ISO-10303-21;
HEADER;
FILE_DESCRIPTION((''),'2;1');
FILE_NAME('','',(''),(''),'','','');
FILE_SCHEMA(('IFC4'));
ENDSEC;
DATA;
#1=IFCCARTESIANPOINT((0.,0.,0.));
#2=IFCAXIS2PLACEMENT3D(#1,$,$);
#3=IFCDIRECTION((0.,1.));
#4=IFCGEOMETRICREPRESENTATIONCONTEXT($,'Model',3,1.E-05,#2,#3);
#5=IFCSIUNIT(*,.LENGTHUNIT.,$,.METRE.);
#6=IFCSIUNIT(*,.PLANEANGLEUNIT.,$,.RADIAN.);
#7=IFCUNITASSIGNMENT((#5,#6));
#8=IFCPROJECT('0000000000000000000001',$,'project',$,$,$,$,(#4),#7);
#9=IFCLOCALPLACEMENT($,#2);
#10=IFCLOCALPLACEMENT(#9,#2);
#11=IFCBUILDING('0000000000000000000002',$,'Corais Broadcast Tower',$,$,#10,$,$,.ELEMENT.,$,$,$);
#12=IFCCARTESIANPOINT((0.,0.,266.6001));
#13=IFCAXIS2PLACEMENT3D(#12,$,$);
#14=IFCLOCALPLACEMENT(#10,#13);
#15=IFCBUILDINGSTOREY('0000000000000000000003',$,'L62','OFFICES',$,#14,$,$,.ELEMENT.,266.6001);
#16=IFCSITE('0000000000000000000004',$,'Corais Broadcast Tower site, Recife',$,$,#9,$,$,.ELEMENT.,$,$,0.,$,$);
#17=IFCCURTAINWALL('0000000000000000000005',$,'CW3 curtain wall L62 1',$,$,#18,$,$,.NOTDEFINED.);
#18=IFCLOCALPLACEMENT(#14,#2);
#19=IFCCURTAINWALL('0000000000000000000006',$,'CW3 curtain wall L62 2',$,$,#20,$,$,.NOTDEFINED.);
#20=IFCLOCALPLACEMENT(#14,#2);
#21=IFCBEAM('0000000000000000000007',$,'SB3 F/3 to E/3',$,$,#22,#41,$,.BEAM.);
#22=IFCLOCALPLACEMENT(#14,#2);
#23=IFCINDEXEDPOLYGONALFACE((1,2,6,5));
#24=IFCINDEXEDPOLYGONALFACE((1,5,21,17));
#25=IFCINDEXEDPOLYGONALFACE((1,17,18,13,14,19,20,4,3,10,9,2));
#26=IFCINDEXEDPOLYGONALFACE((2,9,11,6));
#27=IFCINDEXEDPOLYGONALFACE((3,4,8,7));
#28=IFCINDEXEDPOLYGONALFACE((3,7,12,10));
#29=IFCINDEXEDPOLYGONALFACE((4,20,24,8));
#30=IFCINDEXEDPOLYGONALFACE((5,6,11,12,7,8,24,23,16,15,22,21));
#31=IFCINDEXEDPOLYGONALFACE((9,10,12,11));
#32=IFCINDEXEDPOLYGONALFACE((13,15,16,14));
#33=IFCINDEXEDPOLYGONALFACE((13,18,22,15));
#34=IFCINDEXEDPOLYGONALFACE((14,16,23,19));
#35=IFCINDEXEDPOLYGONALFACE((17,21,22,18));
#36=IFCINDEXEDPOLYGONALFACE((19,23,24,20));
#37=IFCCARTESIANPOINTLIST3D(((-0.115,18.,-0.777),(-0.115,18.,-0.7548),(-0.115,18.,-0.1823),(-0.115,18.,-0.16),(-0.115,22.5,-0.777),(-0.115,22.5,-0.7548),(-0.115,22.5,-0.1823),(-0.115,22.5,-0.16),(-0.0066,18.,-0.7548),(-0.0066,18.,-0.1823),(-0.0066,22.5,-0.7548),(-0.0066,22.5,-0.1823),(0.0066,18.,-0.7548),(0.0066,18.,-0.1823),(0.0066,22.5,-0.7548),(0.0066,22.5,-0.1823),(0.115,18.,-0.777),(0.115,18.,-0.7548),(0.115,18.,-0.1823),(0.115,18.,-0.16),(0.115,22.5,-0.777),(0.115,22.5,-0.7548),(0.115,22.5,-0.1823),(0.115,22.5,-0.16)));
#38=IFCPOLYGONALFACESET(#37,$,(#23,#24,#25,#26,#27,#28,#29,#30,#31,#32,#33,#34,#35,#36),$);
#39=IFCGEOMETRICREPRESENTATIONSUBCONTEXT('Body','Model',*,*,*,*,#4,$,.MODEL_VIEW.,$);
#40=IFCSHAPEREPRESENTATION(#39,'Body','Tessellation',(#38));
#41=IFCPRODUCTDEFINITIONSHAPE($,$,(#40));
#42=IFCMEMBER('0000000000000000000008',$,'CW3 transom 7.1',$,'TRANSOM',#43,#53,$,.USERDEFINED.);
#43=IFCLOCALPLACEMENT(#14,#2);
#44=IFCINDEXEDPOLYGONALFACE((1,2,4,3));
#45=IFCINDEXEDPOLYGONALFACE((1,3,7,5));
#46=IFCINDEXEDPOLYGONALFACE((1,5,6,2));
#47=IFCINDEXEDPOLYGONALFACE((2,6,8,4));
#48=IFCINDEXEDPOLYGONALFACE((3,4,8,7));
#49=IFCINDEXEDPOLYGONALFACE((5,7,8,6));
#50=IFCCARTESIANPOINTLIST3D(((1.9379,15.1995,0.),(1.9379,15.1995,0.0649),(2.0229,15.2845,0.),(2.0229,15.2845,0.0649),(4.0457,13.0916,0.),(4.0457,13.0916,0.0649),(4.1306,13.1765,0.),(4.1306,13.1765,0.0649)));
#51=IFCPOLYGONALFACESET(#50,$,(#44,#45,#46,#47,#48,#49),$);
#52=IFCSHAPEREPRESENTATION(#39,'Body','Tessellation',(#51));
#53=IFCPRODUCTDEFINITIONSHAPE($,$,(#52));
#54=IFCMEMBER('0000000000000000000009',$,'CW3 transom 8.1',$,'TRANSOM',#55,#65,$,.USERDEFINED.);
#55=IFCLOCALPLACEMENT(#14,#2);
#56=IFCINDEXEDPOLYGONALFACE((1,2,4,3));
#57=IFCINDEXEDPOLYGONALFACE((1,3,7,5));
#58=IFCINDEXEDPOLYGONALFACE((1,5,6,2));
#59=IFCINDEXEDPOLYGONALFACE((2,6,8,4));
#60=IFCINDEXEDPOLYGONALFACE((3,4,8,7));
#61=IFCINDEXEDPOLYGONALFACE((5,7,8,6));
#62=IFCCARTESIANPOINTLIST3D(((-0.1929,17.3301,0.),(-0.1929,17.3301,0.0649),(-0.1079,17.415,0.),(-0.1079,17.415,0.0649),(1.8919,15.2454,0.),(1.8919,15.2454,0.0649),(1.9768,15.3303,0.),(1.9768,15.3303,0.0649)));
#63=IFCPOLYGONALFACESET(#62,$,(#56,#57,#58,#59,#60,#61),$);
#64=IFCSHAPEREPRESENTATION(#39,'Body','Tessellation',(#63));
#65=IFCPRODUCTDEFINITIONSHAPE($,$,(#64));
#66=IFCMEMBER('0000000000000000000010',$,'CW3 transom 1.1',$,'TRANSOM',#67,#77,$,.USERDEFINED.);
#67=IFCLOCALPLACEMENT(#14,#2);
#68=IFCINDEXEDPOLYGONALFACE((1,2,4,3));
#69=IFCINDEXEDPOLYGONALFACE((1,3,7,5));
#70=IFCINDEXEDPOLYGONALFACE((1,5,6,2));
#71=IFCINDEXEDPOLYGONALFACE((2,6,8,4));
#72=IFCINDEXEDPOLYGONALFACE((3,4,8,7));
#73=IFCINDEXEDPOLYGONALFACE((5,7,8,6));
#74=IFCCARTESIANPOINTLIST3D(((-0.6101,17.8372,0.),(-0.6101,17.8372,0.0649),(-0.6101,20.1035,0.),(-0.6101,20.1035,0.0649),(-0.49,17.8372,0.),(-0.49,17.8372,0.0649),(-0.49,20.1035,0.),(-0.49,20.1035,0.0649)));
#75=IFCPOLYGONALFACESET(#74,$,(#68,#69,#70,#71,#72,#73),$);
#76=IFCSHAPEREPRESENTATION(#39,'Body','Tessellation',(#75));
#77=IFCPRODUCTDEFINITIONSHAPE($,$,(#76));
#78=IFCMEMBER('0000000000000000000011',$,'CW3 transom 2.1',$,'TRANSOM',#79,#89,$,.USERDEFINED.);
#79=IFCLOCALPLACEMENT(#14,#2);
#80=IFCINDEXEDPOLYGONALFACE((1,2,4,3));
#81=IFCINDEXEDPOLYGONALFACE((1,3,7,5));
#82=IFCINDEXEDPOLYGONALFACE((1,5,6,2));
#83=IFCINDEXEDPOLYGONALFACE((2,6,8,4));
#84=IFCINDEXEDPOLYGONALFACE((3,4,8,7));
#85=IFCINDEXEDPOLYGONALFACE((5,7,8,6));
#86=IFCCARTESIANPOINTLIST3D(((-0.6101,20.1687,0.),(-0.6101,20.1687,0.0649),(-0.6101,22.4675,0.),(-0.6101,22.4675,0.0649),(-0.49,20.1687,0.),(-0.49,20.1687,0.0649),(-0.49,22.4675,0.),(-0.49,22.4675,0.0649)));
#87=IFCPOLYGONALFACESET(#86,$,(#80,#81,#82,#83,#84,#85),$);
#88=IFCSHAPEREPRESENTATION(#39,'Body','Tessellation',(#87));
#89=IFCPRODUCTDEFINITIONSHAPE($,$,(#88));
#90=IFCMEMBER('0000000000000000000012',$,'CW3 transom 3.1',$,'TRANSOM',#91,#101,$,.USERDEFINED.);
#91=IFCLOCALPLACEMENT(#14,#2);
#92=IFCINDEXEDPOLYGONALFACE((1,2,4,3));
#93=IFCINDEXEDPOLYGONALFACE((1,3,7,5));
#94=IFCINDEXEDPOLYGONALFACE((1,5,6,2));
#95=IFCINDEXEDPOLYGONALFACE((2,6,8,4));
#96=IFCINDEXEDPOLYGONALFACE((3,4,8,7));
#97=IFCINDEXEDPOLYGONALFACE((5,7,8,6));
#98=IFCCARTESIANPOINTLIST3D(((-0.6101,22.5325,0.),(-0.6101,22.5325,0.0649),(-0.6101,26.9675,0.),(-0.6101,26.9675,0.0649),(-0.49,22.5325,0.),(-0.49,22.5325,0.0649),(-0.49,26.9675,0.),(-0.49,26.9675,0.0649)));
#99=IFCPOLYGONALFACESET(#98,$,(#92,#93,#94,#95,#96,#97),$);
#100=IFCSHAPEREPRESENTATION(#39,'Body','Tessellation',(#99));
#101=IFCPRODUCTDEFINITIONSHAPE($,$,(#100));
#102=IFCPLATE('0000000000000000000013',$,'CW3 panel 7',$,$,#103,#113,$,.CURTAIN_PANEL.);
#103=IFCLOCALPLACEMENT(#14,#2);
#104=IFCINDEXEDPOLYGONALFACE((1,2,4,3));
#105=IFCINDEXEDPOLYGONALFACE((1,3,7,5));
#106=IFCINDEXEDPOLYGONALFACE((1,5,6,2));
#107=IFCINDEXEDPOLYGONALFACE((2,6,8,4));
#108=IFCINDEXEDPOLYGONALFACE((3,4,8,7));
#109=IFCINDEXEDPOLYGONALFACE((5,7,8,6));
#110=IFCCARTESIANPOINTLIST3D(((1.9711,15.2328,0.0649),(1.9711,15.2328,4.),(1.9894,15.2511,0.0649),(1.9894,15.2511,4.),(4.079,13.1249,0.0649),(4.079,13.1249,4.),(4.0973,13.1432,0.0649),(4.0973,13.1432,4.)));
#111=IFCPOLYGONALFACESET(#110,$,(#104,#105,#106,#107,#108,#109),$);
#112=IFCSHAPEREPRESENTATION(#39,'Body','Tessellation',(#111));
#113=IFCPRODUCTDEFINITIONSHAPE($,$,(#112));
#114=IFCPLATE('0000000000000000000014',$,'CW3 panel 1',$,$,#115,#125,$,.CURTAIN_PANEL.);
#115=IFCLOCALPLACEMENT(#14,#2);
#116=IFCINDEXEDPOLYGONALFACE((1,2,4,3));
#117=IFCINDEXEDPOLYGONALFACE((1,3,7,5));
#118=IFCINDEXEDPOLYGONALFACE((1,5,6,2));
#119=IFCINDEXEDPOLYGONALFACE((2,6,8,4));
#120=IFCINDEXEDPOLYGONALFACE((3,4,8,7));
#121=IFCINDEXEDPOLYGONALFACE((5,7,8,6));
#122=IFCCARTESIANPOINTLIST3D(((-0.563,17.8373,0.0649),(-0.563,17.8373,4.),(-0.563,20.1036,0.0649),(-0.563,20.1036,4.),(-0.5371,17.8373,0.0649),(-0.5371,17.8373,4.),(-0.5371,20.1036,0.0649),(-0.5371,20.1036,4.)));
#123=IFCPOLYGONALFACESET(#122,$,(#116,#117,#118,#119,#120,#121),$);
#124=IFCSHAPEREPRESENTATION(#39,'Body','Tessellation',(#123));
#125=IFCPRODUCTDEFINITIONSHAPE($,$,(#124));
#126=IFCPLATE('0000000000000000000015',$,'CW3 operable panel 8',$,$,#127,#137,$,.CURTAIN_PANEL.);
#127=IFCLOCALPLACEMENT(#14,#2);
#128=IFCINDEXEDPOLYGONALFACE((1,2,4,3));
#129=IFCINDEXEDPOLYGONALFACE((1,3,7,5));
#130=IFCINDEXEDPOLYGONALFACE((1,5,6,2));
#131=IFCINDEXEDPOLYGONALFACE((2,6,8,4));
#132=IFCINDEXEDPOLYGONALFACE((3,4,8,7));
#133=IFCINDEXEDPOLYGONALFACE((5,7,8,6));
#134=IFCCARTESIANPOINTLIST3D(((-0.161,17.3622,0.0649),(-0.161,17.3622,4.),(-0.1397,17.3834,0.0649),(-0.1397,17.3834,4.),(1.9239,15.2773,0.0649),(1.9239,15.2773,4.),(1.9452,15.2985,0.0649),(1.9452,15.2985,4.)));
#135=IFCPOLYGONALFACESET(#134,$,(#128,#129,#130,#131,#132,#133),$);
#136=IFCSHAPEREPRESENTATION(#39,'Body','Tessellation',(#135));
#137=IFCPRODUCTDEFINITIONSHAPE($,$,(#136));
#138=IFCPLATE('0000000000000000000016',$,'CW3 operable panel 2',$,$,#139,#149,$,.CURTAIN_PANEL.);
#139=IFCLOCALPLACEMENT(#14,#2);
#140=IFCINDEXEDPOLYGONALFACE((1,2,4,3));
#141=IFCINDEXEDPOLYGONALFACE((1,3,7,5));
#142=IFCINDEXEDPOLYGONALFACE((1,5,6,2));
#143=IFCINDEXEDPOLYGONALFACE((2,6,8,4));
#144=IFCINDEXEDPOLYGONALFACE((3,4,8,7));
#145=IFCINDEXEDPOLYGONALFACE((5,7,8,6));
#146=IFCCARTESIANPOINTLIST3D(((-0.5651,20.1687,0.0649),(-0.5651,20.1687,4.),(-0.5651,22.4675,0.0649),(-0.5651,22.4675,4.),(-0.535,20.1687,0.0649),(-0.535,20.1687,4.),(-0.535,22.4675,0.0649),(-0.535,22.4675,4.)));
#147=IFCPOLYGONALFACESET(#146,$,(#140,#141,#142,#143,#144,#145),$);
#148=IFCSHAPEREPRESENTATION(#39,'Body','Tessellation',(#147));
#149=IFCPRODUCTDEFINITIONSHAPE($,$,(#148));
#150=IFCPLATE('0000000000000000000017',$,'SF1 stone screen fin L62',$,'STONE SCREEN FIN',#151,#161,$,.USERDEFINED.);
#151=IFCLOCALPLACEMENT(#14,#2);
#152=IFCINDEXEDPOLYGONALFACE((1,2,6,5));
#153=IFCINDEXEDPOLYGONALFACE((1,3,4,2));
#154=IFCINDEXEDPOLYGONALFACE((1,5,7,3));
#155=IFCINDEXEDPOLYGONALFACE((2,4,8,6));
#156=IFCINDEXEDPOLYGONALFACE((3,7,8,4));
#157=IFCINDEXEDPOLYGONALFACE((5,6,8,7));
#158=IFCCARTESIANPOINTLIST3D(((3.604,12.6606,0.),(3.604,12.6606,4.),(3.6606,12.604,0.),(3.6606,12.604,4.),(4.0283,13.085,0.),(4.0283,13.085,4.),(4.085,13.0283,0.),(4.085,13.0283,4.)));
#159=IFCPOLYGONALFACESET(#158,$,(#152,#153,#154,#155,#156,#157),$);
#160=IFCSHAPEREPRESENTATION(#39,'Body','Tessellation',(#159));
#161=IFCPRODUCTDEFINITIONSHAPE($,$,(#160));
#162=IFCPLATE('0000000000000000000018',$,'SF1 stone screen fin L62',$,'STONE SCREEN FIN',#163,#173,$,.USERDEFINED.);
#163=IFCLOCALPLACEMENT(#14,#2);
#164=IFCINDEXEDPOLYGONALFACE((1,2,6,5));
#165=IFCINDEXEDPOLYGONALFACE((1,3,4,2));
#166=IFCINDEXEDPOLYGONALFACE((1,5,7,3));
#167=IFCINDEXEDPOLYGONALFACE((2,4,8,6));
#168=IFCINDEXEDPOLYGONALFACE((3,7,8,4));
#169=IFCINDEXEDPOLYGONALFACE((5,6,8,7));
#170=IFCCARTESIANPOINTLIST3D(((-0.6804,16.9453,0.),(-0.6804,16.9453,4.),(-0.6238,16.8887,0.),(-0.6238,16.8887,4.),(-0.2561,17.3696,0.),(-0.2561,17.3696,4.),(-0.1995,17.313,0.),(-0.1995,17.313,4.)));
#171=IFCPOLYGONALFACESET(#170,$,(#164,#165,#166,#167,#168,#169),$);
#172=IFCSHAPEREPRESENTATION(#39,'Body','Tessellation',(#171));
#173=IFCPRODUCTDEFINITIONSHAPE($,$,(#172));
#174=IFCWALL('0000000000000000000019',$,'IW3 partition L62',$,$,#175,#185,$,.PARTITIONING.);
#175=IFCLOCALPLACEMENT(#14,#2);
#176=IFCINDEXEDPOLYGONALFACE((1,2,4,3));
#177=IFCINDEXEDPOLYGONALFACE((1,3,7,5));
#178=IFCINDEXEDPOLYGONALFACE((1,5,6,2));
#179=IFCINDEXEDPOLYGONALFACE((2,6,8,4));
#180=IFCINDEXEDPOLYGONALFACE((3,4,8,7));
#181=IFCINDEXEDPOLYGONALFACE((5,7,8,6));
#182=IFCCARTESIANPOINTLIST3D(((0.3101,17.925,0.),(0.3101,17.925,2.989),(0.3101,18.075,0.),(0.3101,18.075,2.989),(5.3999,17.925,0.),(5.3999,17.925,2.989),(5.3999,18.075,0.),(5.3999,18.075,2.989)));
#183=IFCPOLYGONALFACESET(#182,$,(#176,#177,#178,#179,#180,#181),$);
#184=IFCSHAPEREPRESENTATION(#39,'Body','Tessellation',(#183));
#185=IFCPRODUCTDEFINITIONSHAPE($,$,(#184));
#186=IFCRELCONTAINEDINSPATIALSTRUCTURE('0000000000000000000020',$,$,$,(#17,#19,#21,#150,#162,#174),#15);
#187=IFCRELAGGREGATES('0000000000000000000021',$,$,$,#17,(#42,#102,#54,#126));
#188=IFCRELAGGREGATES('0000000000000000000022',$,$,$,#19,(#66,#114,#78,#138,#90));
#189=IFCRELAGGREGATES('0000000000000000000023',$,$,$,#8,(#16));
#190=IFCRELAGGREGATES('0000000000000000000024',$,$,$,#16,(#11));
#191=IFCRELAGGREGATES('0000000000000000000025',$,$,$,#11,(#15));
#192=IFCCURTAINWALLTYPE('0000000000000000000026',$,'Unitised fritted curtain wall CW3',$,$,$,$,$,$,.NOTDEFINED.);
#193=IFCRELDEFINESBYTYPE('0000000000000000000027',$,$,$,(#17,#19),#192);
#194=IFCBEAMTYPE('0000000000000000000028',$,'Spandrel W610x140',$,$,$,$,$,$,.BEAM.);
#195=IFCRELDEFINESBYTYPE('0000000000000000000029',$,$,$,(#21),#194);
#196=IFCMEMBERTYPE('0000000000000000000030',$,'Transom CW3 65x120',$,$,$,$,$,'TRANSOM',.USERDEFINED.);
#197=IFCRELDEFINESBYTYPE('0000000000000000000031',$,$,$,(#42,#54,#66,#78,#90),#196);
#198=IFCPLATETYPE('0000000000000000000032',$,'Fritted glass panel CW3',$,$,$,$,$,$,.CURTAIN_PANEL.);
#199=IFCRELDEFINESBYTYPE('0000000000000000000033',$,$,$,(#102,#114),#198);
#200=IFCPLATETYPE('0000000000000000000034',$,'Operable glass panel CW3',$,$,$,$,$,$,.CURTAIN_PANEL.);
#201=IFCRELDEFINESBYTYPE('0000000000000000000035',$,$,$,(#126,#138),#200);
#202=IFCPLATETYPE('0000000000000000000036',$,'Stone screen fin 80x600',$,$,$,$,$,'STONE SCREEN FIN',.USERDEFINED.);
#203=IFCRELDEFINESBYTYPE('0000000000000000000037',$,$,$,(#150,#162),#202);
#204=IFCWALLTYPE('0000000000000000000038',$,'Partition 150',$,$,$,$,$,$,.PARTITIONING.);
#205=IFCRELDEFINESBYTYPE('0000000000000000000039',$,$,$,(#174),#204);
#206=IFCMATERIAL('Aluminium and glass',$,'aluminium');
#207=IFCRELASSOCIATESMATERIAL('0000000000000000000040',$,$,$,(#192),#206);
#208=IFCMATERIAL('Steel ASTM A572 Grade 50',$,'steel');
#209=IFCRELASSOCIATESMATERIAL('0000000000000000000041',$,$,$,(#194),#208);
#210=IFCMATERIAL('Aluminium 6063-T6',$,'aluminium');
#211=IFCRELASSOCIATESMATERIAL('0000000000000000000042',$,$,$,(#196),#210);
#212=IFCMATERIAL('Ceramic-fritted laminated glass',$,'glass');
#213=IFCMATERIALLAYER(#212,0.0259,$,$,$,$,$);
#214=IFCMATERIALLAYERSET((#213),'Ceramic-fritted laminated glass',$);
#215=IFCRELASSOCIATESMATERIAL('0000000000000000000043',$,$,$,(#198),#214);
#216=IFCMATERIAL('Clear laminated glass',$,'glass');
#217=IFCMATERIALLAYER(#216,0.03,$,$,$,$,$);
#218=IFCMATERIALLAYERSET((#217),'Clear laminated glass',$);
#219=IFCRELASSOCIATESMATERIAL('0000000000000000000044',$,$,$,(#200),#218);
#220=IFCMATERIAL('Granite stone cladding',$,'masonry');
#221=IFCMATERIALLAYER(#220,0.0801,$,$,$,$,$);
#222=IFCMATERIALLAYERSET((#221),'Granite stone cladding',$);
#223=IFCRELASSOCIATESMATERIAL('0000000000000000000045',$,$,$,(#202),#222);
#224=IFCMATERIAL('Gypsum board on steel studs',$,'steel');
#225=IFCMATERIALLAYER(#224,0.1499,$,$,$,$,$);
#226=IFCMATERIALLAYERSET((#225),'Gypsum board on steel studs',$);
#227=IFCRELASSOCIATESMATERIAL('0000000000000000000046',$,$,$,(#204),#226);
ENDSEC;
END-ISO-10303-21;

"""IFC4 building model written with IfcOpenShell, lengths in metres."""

from ifc_helpers import new_model, si_unit, direction, frame, frame_2d, origin, origin_2d, place, context, subcontext, project, spatial, rectangle, i_section, extrude, material, layer, layer_set, material_profile, profile_set, type_object, element, aggregate, save


model = new_model("IFC4")

# Units and contexts
model_context = context("Model", 3, precision=1e-05, world=origin(), true_north=direction((0.0, 1.0)))
body_context = subcontext(model_context, "Body", "Model", "MODEL_VIEW")
ifc_project = project(units=[si_unit("LENGTHUNIT", "METRE"), si_unit("PLANEANGLEUNIT", "RADIAN")], contexts=[model_context])

# Site, building, storey
site_placement = place(None, origin())
site = spatial("IfcSite", under=ifc_project, at=site_placement, Name="Corais Broadcast Tower site, Recife", CompositionType="ELEMENT", RefElevation=0.0)
building_placement = place(site_placement, origin())
building = spatial("IfcBuilding", under=site, at=building_placement, Name="Corais Broadcast Tower", CompositionType="ELEMENT")
storey_placement = place(building_placement, frame((0.0, 0.0, 266.6001)))
storey = spatial("IfcBuildingStorey", under=building, at=storey_placement, Name="L62", Description="OFFICES", CompositionType="ELEMENT", Elevation=266.6001)

# Curtain walls
ifc_material_1 = material(Name="Aluminium and glass", Category="aluminium")
curtain_wall_type = type_object("IfcCurtainWallType", Name="Unitised fritted curtain wall CW3", PredefinedType="NOTDEFINED", material=ifc_material_1)
curtain_wall_1_placement = place(storey_placement, origin())
curtain_wall_1 = element("IfcCurtainWall", 1, at=curtain_wall_1_placement, inside=storey, type_object=curtain_wall_type, Name="CW3 curtain wall L62 1", PredefinedType="NOTDEFINED")
curtain_wall_2_placement = place(storey_placement, origin())
curtain_wall_2 = element("IfcCurtainWall", 2, at=curtain_wall_2_placement, inside=storey, type_object=curtain_wall_type, Name="CW3 curtain wall L62 2", PredefinedType="NOTDEFINED")

# Beam
ifc_material_2 = material(Name="Steel ASTM A572 Grade 50", Category="steel")
ifc_material_profile_1 = material_profile(ifc_material_2, i_section(OverallWidth=0.23, OverallDepth=0.6169, WebThickness=0.0132, FlangeThickness=0.0222, at=origin_2d()), Name="W610x140")
ifc_profile_set_1 = profile_set([ifc_material_profile_1], Name="Steel ASTM A572 Grade 50")
beam_type_1 = type_object("IfcBeamType", Name="Spandrel W610x140", PredefinedType="BEAM", material=ifc_profile_set_1)
beam_1_placement = place(storey_placement, frame((0.0, 22.5, -0.4685), z_axis=(0.0, -1.0, 0.0), x_axis=(1.0, 0.0, 0.0)))
element("IfcBeam", 3, at=beam_1_placement, inside=storey, type_object=beam_type_1, Name="SB3 F/3 to E/3", PredefinedType="BEAM", context=body_context, shape_type="SweptSolid", body=[
    extrude(i_section(OverallWidth=0.23, OverallDepth=0.6169, WebThickness=0.0132, FlangeThickness=0.0222, at=origin_2d()), origin(), (0.0, 0.0, 1.0), 4.5),
])

# Members
ifc_material_3 = material(Name="Aluminium 6063-T6", Category="aluminium")
ifc_material_profile_2 = material_profile(ifc_material_3, rectangle(XDim=0.1201, YDim=0.0649, at=origin_2d()), Name="Transom CW3 65x120")
ifc_profile_set_2 = profile_set([ifc_material_profile_2], Name="Aluminium 6063-T6")
member_type_1 = type_object("IfcMemberType", Name="Transom CW3 65x120", ElementType="TRANSOM", PredefinedType="USERDEFINED", material=ifc_profile_set_2)
member_1_placement = place(storey_placement, frame((4.0881, 13.134, 0.0325), z_axis=(-0.707066, 0.707148, 0.0), x_axis=(-0.707148, -0.707066, 0.0)))
member_1 = element("IfcMember", 4, at=member_1_placement, type_object=member_type_1, Name="CW3 transom 7.1", ObjectType="TRANSOM", PredefinedType="USERDEFINED", context=body_context, shape_type="SweptSolid", body=[
    extrude(rectangle(XDim=0.1201, YDim=0.0649, at=origin_2d()), origin(), (0.0, 0.0, 1.0), 2.981),
])
member_2_placement = place(storey_placement, frame((1.9343, 15.2878, 0.0325), z_axis=(-0.707107, 0.707107, 0.0), x_axis=(-0.707107, -0.707107, 0.0)))
member_2 = element("IfcMember", 5, at=member_2_placement, type_object=member_type_1, Name="CW3 transom 8.1", ObjectType="TRANSOM", PredefinedType="USERDEFINED", context=body_context, shape_type="SweptSolid", body=[
    extrude(rectangle(XDim=0.1201, YDim=0.0649, at=origin_2d()), origin(), (0.0, 0.0, 1.0), 2.9482),
])
member_3_placement = place(storey_placement, frame((-0.55, 17.8372, 0.0325), z_axis=(0.0, 1.0, 0.0), x_axis=(-1.0, 0.0, 0.0)))
member_3 = element("IfcMember", 6, at=member_3_placement, type_object=member_type_1, Name="CW3 transom 1.1", ObjectType="TRANSOM", PredefinedType="USERDEFINED", context=body_context, shape_type="SweptSolid", body=[
    extrude(rectangle(XDim=0.1201, YDim=0.0649, at=origin_2d()), origin(), (0.0, 0.0, 1.0), 2.2664),
])
member_4_placement = place(storey_placement, frame((-0.55, 20.1687, 0.0325), z_axis=(0.0, 1.0, 0.0), x_axis=(-1.0, 0.0, 0.0)))
member_4 = element("IfcMember", 7, at=member_4_placement, type_object=member_type_1, Name="CW3 transom 2.1", ObjectType="TRANSOM", PredefinedType="USERDEFINED", context=body_context, shape_type="SweptSolid", body=[
    extrude(rectangle(XDim=0.1201, YDim=0.0649, at=origin_2d()), origin(), (0.0, 0.0, 1.0), 2.2988),
])
member_5_placement = place(storey_placement, frame((-0.55, 22.5325, 0.0325), z_axis=(0.0, 1.0, 0.0), x_axis=(-1.0, 0.0, 0.0)))
member_5 = element("IfcMember", 8, at=member_5_placement, type_object=member_type_1, Name="CW3 transom 3.1", ObjectType="TRANSOM", PredefinedType="USERDEFINED", context=body_context, shape_type="SweptSolid", body=[
    extrude(rectangle(XDim=0.1201, YDim=0.0649, at=origin_2d()), origin(), (0.0, 0.0, 1.0), 4.4351),
])

# Plates
ifc_material_4 = material(Name="Ceramic-fritted laminated glass", Category="glass")
ifc_layer_1 = layer(ifc_material_4, 0.0259)
ifc_layer_set_1 = layer_set([ifc_layer_1], Name="Ceramic-fritted laminated glass")
plate_type_1 = type_object("IfcPlateType", Name="Fritted glass panel CW3", PredefinedType="CURTAIN_PANEL", material=ifc_layer_set_1)
plate_1_placement = place(storey_placement, frame((3.0342, 14.188, 0.0649), z_axis=(0.0, 0.0, 1.0), x_axis=(-0.707107, 0.707107, 0.0)))
plate_1 = element("IfcPlate", 9, at=plate_1_placement, type_object=plate_type_1, Name="CW3 panel 7", PredefinedType="CURTAIN_PANEL", context=body_context, shape_type="SweptSolid", body=[
    extrude(rectangle(XDim=2.981, YDim=0.0259, at=origin_2d()), origin(), (0.0, 0.0, 1.0), 3.9351),
])
plate_2_placement = place(storey_placement, frame((-0.55, 18.9705, 0.0649), z_axis=(0.0, 0.0, 1.0), x_axis=(0.0, 1.0, 0.0)))
plate_2 = element("IfcPlate", 10, at=plate_2_placement, type_object=plate_type_1, Name="CW3 panel 1", PredefinedType="CURTAIN_PANEL", context=body_context, shape_type="SweptSolid", body=[
    extrude(rectangle(XDim=2.2664, YDim=0.0259, at=origin_2d()), origin(), (0.0, 0.0, 1.0), 3.9351),
])
ifc_material_5 = material(Name="Clear laminated glass", Category="glass")
ifc_layer_2 = layer(ifc_material_5, 0.03)
ifc_layer_set_2 = layer_set([ifc_layer_2], Name="Clear laminated glass")
plate_type_2 = type_object("IfcPlateType", Name="Operable glass panel CW3", PredefinedType="CURTAIN_PANEL", material=ifc_layer_set_2)
plate_3_placement = place(storey_placement, frame((0.8921, 16.3303, 0.0649), z_axis=(0.0, 0.0, 1.0), x_axis=(-0.707107, 0.707107, 0.0)))
plate_3 = element("IfcPlate", 11, at=plate_3_placement, type_object=plate_type_2, Name="CW3 operable panel 8", PredefinedType="CURTAIN_PANEL", context=body_context, shape_type="SweptSolid", body=[
    extrude(rectangle(XDim=2.9485, YDim=0.03, at=origin_2d()), origin(), (0.0, 0.0, 1.0), 3.9351),
])
aggregate(curtain_wall_1, [member_1, plate_1, member_2, plate_3])
plate_4_placement = place(storey_placement, frame((-0.55, 21.3181, 0.0649), z_axis=(0.0, 0.0, 1.0), x_axis=(0.0, 1.0, 0.0)))
plate_4 = element("IfcPlate", 12, at=plate_4_placement, type_object=plate_type_2, Name="CW3 operable panel 2", PredefinedType="CURTAIN_PANEL", context=body_context, shape_type="SweptSolid", body=[
    extrude(rectangle(XDim=2.2988, YDim=0.03, at=origin_2d()), origin(), (0.0, 0.0, 1.0), 3.9351),
])
aggregate(curtain_wall_2, [member_3, plate_2, member_4, plate_4, member_5])

# Plates
ifc_material_6 = material(Name="Granite stone cladding", Category="masonry")
ifc_layer_3 = layer(ifc_material_6, 0.0801)
ifc_layer_set_3 = layer_set([ifc_layer_3], Name="Granite stone cladding")
plate_type_3 = type_object("IfcPlateType", Name="Stone screen fin 80x600", ElementType="STONE SCREEN FIN", PredefinedType="USERDEFINED", material=ifc_layer_set_3)
for number, where, z_axis, x_axis, name in (
    (13, (3.8445, 12.8445, 0.0), (0.0, 0.0, 1.0), (-0.707107, 0.707107, 0.0), "SF1 stone screen fin L62"),
    (14, (-0.4399, 17.1292, 0.0), (0.0, 0.0, 1.0), (-0.707107, 0.707107, 0.0), "SF1 stone screen fin L62"),
):
    element("IfcPlate", number, at=place(storey_placement, frame(where, z_axis=z_axis, x_axis=x_axis)), inside=storey, type_object=plate_type_3, Name=name, ObjectType="STONE SCREEN FIN", PredefinedType="USERDEFINED", context=body_context, shape_type="SweptSolid", body=[
        extrude(rectangle(XDim=0.0801, YDim=0.6001, at=origin_2d()), origin(), (0.0, 0.0, 1.0), 4.0),
    ])

# Wall
ifc_material_7 = material(Name="Gypsum board on steel studs", Category="steel")
ifc_layer_4 = layer(ifc_material_7, 0.1499)
ifc_layer_set_4 = layer_set([ifc_layer_4], Name="Gypsum board on steel studs")
wall_type = type_object("IfcWallType", Name="Partition 150", PredefinedType="PARTITIONING", material=ifc_layer_set_4)
wall_placement = place(storey_placement, frame((0.3101, 18.0, 0.0), z_axis=(0.0, 0.0, 1.0), x_axis=(1.0, 0.0, 0.0)))
element("IfcWall", 15, at=wall_placement, inside=storey, type_object=wall_type, Name="IW3 partition L62", PredefinedType="PARTITIONING", context=body_context, shape_type="SweptSolid", body=[
    extrude(rectangle(XDim=5.0898, YDim=0.1499, at=frame_2d((2.5449, 0.0))), origin(), (0.0, 0.0, 1.0), 2.989),
])

save(model, "model.ifc")
